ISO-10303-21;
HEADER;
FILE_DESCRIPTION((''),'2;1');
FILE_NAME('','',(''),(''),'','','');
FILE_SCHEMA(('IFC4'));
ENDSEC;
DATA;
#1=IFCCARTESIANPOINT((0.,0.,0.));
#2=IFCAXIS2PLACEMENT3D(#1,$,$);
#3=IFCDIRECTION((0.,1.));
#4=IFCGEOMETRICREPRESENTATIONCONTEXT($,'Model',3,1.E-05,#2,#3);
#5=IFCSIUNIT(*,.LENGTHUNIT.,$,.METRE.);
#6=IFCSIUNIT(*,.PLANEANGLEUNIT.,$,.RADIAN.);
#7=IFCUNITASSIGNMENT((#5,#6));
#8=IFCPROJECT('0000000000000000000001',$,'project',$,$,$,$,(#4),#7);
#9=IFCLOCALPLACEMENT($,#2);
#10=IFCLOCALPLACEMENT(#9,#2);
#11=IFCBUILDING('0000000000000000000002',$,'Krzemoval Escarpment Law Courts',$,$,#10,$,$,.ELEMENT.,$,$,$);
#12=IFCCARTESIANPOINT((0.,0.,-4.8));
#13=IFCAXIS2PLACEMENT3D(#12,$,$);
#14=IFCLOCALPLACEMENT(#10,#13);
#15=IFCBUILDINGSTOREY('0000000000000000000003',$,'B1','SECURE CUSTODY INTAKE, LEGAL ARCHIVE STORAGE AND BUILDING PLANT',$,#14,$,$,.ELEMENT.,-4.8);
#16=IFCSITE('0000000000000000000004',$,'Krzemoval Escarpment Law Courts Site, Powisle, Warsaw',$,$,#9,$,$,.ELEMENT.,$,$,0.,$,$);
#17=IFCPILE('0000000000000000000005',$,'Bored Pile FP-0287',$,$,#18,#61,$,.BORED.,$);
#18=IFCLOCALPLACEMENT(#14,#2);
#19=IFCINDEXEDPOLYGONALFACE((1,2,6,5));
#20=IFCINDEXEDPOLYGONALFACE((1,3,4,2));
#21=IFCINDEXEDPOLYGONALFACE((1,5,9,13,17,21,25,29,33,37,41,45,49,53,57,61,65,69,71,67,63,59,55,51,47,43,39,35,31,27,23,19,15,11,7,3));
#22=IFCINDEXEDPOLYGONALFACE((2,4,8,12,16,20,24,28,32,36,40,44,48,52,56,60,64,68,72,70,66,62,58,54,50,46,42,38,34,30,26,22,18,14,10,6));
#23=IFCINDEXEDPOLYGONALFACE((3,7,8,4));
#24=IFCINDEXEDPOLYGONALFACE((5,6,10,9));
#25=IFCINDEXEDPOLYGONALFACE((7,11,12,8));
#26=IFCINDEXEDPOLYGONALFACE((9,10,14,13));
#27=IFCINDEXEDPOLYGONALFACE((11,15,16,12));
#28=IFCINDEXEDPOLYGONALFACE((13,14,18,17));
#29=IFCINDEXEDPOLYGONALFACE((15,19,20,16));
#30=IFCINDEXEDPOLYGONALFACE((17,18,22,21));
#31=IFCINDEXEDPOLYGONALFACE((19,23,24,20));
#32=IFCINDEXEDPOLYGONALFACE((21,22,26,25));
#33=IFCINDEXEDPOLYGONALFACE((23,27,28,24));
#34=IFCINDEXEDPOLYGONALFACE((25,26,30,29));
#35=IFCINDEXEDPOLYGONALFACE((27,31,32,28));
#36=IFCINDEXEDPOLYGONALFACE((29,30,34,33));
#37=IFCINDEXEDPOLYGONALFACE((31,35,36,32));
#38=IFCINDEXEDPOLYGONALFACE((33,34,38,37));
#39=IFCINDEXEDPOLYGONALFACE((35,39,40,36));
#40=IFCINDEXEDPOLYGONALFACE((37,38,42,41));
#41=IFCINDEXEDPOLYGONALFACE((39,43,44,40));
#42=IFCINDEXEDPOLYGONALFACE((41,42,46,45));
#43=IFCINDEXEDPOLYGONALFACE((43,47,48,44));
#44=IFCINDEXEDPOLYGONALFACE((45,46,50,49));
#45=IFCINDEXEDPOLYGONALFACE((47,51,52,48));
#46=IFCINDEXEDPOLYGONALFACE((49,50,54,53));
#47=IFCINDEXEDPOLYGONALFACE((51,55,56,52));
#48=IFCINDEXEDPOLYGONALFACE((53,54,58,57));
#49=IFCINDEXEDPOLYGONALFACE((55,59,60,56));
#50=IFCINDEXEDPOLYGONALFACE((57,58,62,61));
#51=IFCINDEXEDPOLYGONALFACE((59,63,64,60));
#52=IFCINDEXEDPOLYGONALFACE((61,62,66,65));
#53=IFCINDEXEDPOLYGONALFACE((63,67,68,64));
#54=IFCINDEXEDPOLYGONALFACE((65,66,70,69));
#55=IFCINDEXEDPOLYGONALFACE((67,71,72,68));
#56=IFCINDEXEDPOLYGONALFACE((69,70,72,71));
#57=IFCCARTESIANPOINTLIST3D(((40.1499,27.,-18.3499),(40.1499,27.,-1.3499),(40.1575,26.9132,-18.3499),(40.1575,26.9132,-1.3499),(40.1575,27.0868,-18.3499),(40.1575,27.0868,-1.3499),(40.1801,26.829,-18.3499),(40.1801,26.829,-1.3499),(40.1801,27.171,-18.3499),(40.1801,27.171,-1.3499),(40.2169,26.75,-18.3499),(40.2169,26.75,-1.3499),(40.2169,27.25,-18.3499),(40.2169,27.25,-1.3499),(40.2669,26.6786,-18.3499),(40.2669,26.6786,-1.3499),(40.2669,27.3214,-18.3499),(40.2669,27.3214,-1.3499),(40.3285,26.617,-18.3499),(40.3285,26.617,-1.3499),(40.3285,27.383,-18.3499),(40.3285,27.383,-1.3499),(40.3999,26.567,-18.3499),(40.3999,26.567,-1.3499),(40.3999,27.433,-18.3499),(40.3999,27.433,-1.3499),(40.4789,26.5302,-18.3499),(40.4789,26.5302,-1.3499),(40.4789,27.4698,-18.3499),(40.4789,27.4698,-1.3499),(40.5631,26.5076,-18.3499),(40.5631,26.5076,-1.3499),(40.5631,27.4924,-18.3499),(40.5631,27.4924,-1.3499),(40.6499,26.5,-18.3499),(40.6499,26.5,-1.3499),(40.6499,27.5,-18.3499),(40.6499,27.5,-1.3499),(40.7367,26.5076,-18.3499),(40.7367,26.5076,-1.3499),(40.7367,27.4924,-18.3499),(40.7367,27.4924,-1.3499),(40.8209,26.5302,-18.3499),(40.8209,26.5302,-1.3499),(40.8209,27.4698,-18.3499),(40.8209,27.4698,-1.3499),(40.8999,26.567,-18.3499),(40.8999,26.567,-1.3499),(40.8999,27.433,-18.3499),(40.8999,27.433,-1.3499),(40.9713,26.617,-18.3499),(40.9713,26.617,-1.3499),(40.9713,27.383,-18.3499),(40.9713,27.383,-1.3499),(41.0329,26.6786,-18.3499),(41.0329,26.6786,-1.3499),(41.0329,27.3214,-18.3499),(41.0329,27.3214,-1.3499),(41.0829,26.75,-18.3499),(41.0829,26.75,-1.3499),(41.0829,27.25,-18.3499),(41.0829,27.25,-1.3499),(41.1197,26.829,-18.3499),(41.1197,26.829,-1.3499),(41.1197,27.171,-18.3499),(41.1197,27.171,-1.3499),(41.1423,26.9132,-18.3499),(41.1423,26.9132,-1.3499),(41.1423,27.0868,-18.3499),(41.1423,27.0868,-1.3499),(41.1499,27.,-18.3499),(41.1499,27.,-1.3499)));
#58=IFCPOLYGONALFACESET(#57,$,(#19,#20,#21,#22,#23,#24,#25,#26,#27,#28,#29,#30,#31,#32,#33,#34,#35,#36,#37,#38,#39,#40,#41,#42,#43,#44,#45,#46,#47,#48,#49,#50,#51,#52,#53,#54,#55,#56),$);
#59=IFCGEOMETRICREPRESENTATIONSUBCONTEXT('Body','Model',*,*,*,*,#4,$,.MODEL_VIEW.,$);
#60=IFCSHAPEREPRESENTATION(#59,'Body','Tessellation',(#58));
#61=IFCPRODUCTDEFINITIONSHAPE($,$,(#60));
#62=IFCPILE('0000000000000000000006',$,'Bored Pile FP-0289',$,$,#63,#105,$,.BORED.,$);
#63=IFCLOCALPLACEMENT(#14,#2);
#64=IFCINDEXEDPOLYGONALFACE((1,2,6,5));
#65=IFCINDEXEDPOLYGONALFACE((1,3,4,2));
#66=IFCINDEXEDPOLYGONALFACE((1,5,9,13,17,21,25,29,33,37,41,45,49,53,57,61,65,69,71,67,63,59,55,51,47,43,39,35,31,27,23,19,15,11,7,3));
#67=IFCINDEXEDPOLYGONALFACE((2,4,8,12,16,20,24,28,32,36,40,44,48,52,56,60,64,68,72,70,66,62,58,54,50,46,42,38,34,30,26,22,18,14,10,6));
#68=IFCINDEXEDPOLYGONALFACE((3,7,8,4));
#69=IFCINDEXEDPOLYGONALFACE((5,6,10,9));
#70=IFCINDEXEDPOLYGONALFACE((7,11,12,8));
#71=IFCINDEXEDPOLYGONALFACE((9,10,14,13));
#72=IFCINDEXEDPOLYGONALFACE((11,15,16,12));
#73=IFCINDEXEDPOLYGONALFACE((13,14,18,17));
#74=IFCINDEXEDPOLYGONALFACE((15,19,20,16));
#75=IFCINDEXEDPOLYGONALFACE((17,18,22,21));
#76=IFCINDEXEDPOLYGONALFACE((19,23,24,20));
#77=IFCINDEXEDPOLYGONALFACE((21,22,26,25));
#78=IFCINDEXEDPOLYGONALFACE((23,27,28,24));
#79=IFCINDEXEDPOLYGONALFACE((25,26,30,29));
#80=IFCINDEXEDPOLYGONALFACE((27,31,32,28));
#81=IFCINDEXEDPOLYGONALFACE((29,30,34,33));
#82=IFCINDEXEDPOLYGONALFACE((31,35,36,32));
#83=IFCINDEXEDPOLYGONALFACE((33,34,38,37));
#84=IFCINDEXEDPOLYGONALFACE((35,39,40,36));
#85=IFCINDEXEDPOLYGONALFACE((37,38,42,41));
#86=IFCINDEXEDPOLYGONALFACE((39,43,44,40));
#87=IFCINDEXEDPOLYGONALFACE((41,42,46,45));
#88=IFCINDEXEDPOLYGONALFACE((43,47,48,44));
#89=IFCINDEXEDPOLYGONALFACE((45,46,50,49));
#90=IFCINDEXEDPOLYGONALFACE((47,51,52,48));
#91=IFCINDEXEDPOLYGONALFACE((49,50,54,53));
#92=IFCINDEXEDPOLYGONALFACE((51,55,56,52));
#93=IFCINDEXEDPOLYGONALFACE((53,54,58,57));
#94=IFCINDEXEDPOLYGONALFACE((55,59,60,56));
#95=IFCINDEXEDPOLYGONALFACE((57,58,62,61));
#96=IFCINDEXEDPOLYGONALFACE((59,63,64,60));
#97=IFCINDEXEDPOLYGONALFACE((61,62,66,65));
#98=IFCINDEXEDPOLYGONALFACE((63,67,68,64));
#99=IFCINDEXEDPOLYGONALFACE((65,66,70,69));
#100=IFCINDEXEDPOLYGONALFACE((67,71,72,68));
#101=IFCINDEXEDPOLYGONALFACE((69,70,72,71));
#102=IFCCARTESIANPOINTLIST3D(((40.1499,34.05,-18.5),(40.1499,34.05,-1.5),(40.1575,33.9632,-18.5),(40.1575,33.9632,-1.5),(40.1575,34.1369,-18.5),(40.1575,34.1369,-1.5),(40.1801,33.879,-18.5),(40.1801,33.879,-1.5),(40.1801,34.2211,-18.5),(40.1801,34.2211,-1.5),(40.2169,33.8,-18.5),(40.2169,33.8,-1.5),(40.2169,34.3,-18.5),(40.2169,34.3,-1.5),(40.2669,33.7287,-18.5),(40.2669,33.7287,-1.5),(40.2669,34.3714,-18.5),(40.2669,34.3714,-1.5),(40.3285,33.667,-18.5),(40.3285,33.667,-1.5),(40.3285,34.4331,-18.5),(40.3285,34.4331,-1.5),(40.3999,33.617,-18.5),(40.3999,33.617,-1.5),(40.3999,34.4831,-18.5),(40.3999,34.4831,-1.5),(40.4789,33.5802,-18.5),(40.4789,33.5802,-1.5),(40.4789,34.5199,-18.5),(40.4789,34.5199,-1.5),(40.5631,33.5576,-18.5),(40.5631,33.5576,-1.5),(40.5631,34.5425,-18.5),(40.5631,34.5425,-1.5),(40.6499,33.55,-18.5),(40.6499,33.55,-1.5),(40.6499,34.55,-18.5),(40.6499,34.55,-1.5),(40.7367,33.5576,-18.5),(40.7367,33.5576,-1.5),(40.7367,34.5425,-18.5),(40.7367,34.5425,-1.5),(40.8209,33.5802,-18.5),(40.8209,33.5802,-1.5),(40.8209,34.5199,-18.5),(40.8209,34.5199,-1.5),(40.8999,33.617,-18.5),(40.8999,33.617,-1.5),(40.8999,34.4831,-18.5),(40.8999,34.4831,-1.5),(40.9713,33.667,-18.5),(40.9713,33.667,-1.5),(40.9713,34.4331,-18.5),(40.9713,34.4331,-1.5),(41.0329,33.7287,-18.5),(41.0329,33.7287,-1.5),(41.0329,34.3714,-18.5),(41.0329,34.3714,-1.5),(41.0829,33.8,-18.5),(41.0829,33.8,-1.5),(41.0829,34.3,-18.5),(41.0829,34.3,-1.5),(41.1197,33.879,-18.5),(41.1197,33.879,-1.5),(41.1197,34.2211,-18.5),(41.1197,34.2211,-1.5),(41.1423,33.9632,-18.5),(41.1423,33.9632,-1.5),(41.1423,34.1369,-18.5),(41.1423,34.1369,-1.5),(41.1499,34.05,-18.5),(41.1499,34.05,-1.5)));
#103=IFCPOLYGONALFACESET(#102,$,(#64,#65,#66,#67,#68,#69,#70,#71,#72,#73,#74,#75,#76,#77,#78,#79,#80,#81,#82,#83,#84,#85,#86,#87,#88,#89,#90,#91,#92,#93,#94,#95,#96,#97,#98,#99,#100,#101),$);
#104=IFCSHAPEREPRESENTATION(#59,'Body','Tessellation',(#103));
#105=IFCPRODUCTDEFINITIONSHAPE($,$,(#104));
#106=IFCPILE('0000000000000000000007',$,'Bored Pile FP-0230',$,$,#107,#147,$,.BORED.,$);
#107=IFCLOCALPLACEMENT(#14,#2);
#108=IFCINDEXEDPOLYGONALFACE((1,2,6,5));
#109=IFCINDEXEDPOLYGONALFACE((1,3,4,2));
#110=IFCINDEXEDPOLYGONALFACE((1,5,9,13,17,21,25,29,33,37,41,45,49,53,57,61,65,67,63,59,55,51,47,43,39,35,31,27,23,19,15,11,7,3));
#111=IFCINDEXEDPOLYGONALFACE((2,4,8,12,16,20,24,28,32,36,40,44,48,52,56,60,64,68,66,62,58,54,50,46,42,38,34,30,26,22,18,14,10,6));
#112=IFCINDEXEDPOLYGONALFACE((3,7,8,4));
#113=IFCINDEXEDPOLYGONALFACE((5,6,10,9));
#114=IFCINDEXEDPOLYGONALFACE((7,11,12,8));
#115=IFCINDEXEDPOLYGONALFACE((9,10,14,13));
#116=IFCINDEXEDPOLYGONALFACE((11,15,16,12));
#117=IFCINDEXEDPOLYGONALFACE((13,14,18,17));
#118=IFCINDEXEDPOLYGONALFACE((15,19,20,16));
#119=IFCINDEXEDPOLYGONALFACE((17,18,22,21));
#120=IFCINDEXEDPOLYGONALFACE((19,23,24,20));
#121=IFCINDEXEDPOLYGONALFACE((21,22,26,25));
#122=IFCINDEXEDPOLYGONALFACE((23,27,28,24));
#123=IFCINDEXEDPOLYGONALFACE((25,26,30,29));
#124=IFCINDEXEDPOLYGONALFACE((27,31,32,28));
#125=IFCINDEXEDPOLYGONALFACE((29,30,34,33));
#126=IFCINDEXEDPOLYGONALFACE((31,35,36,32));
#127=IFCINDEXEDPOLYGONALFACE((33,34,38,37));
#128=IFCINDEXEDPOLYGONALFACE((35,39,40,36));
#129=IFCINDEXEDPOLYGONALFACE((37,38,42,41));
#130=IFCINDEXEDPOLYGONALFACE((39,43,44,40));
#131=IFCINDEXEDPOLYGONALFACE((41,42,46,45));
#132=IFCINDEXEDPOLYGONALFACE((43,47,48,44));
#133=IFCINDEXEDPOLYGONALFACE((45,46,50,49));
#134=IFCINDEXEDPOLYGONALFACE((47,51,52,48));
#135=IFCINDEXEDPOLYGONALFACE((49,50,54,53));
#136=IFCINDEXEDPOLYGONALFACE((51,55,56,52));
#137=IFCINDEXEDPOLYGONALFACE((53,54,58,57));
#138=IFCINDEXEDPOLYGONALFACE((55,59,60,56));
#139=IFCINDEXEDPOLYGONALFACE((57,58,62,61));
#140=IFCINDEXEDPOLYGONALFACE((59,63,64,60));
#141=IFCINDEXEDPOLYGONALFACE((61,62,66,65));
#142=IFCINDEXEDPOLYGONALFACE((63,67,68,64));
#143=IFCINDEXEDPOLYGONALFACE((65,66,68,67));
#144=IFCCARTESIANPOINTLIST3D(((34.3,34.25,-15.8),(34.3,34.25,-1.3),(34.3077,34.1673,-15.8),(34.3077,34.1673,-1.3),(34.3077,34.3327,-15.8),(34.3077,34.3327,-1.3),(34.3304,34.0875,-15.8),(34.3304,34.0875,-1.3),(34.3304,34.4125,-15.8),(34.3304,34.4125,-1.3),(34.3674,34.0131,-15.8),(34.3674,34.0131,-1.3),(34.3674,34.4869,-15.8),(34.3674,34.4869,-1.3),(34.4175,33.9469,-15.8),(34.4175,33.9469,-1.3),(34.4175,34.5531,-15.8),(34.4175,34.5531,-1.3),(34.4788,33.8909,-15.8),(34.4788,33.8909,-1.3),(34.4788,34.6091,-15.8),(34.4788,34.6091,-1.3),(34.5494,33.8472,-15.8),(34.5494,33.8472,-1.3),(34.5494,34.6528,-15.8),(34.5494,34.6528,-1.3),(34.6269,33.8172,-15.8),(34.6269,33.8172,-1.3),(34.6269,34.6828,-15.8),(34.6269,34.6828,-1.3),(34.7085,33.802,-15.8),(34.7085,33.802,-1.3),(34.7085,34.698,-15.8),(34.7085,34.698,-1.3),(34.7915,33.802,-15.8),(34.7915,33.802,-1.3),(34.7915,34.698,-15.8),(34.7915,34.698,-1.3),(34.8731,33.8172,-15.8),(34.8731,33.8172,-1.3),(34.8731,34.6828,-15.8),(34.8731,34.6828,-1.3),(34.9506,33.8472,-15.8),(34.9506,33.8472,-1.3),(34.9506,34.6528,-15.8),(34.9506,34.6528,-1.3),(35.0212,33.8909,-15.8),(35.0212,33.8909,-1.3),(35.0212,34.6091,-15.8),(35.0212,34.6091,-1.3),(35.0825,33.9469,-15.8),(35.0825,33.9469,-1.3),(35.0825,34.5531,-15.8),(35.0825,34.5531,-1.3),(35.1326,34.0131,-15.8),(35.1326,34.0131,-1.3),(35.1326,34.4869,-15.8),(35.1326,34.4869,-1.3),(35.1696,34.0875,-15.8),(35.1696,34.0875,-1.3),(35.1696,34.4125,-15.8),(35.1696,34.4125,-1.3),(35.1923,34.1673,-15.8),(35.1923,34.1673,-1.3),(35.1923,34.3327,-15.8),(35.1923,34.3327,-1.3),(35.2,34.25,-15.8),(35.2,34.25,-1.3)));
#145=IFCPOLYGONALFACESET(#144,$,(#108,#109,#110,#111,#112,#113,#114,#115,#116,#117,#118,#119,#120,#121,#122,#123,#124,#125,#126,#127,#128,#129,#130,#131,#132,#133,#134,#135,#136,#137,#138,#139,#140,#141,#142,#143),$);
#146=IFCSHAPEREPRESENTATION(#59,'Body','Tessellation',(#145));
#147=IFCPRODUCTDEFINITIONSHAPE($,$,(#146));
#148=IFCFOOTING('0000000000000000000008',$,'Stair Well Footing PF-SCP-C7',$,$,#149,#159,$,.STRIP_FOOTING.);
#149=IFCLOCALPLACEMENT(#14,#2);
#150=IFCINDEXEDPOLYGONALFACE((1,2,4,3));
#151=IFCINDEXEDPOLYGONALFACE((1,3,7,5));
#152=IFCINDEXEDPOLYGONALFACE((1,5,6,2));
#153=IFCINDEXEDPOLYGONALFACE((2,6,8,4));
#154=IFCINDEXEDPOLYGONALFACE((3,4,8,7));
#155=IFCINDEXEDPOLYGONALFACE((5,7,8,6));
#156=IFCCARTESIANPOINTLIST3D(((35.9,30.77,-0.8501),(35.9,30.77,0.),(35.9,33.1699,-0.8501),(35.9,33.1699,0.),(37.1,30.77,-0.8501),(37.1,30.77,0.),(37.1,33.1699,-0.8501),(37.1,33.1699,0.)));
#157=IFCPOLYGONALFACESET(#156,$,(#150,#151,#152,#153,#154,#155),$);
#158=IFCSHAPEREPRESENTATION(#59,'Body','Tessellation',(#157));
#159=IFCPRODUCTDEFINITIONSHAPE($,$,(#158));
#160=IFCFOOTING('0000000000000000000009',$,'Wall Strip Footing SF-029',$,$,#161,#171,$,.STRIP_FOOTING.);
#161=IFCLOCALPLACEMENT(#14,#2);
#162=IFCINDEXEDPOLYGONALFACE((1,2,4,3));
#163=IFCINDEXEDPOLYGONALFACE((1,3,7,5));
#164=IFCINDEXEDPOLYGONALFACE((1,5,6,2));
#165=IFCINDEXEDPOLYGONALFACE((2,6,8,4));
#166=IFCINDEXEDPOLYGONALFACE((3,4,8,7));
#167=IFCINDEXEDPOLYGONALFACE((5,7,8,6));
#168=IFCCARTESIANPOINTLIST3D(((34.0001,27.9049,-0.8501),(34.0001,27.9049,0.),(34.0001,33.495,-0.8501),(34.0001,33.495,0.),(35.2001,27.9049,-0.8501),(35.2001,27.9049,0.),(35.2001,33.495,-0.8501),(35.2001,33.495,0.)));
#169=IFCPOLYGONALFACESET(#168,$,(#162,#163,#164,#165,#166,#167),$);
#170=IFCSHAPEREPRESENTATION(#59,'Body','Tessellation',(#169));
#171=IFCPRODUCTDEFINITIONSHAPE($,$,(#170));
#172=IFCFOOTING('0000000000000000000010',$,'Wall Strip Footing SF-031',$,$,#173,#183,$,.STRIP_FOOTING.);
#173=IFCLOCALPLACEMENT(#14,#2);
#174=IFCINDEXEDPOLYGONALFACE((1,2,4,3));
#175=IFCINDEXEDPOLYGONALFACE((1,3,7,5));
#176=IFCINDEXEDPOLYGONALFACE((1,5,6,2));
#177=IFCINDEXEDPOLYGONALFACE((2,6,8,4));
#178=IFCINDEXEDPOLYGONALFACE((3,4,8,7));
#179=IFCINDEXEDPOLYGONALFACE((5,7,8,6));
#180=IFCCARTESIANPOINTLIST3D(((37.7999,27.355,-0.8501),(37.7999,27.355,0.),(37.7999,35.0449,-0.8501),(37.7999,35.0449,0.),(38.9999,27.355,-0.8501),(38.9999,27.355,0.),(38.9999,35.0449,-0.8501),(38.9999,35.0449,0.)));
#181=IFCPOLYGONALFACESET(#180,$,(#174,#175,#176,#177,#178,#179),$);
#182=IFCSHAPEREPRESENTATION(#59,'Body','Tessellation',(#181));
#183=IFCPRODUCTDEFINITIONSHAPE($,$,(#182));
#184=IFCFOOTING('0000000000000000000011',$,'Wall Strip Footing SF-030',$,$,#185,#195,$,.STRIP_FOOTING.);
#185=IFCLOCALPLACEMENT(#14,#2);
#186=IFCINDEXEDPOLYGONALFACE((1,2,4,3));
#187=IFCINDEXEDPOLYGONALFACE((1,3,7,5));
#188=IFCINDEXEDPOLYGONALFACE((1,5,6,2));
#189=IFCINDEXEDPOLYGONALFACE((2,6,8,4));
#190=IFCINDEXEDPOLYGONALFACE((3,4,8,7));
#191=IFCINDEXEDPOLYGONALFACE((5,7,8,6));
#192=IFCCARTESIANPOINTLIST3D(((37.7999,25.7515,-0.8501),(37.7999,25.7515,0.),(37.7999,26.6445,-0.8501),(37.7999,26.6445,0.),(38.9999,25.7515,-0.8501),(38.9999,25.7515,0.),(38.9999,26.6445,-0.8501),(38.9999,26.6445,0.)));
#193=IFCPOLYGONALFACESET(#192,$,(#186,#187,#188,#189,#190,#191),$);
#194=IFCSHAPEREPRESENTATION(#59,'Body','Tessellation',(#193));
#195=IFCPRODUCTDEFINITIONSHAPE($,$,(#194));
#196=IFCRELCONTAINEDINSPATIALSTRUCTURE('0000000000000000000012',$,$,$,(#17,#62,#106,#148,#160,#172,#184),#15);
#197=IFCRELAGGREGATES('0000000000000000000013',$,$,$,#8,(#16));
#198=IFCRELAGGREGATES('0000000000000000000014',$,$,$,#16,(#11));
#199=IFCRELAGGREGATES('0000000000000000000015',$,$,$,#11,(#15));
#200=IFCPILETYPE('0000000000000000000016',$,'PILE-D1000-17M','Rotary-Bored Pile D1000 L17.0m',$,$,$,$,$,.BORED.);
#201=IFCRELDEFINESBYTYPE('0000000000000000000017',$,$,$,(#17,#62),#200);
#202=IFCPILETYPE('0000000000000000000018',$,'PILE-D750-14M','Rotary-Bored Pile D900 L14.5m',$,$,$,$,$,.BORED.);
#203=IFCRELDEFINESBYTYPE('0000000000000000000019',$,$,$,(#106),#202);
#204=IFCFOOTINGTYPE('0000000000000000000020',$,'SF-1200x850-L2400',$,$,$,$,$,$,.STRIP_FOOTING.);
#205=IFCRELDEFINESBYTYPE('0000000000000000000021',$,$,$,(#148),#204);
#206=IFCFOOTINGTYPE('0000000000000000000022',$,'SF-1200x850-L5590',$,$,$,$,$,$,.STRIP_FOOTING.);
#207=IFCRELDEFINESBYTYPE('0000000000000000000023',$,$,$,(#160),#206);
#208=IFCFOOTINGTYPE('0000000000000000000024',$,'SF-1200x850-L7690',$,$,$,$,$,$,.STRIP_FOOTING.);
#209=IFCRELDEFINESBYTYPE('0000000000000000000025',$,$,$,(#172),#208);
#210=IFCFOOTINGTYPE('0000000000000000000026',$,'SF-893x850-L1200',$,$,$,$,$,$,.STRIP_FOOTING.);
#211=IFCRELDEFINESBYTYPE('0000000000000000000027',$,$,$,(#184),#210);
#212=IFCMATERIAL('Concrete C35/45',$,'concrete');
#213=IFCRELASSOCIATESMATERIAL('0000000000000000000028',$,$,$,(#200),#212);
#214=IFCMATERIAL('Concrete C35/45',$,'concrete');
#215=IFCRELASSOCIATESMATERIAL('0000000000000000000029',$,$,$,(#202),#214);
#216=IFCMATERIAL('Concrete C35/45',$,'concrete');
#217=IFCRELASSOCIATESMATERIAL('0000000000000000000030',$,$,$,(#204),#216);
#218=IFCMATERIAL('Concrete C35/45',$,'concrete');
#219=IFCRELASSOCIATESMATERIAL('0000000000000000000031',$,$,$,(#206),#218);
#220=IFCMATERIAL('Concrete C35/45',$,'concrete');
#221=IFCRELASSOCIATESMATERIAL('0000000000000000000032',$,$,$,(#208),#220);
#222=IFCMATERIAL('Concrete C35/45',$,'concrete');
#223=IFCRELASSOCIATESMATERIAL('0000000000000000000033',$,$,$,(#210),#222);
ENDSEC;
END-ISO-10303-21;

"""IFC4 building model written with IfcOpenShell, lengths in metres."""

from ifc_helpers import new_model, si_unit, direction, frame, origin, origin_2d, place, context, subcontext, project, spatial, rectangle, circle, extrude, material, material_profile, profile_set, type_object, element, save


model = new_model("IFC4")

# Units and contexts
model_context = context("Model", 3, precision=1e-05, world=origin(), true_north=direction((0.0, 1.0)))
body_context = subcontext(model_context, "Body", "Model", "MODEL_VIEW")
ifc_project = project(units=[si_unit("LENGTHUNIT", "METRE"), si_unit("PLANEANGLEUNIT", "RADIAN")], contexts=[model_context])

# Site, building, storey
site_placement = place(None, origin())
site = spatial("IfcSite", under=ifc_project, at=site_placement, Name="Krzemoval Escarpment Law Courts Site, Powisle, Warsaw", CompositionType="ELEMENT", RefElevation=0.0)
building_placement = place(site_placement, origin())
building = spatial("IfcBuilding", under=site, at=building_placement, Name="Krzemoval Escarpment Law Courts", CompositionType="ELEMENT")
storey_placement = place(building_placement, frame((0.0, 0.0, -4.8)))
storey = spatial("IfcBuildingStorey", under=building, at=storey_placement, Name="B1", Description="SECURE CUSTODY INTAKE, LEGAL ARCHIVE STORAGE AND BUILDING PLANT", CompositionType="ELEMENT", Elevation=-4.8)

# Piles
ifc_material_1 = material(Name="Concrete C35/45", Category="concrete")
ifc_material_profile_1 = material_profile(ifc_material_1, circle(Radius=0.5, at=origin_2d()), Name="PILE D1000")
ifc_profile_set_1 = profile_set([ifc_material_profile_1], Name="Concrete C35/45")
pile_type_1 = type_object("IfcPileType", Name="PILE-D1000-17M", Description="Rotary-Bored Pile D1000 L17.0m", PredefinedType="BORED", material=ifc_profile_set_1)
for number, where, z_axis, x_axis, name in (
    (1, (40.6499, 27.0, -1.3499), (0.0, 0.0, -1.0), (1.0, 0.0, 0.0), "Bored Pile FP-0287"),
    (2, (40.6499, 34.05, -1.5), (0.0, 0.0, -1.0), (1.0, 0.0, 0.0), "Bored Pile FP-0289"),
):
    element("IfcPile", number, at=place(storey_placement, frame(where, z_axis=z_axis, x_axis=x_axis)), inside=storey, type_object=pile_type_1, Name=name, PredefinedType="BORED", context=body_context, shape_type="SweptSolid", body=[
        extrude(circle(Radius=0.5, at=origin_2d()), origin(), (0.0, 0.0, 1.0), 17.0),
    ])
ifc_material_2 = material(Name="Concrete C35/45", Category="concrete")
ifc_material_profile_2 = material_profile(ifc_material_2, circle(Radius=0.45, at=origin_2d()), Name="PILE D900")
ifc_profile_set_2 = profile_set([ifc_material_profile_2], Name="Concrete C35/45")
pile_type_2 = type_object("IfcPileType", Name="PILE-D750-14M", Description="Rotary-Bored Pile D900 L14.5m", PredefinedType="BORED", material=ifc_profile_set_2)
pile_placement = place(storey_placement, frame((34.75, 34.25, -1.3), z_axis=(0.0, 0.0, -1.0), x_axis=(1.0, 0.0, 0.0)))
element("IfcPile", 3, at=pile_placement, inside=storey, type_object=pile_type_2, Name="Bored Pile FP-0230", PredefinedType="BORED", context=body_context, shape_type="SweptSolid", body=[
    extrude(circle(Radius=0.45, at=origin_2d()), origin(), (0.0, 0.0, 1.0), 14.5),
])

# Footings
ifc_material_3 = material(Name="Concrete C35/45", Category="concrete")
footing_type_1 = type_object("IfcFootingType", Name="SF-1200x850-L2400", PredefinedType="STRIP_FOOTING", material=ifc_material_3)
footing_1_placement = place(storey_placement, frame((36.5, 31.97, -0.8501), z_axis=(0.0, 0.0, 1.0), x_axis=(0.0, 1.0, 0.0)))
element("IfcFooting", 4, at=footing_1_placement, inside=storey, type_object=footing_type_1, Name="Stair Well Footing PF-SCP-C7", PredefinedType="STRIP_FOOTING", context=body_context, shape_type="SweptSolid", body=[
    extrude(rectangle(XDim=2.3999, YDim=1.2, at=origin_2d()), origin(), (0.0, 0.0, 1.0), 0.8501),
])
ifc_material_4 = material(Name="Concrete C35/45", Category="concrete")
footing_type_2 = type_object("IfcFootingType", Name="SF-1200x850-L5590", PredefinedType="STRIP_FOOTING", material=ifc_material_4)
footing_2_placement = place(storey_placement, frame((34.6001, 30.7, -0.8501), z_axis=(0.0, 0.0, 1.0), x_axis=(0.0, 1.0, 0.0)))
element("IfcFooting", 5, at=footing_2_placement, inside=storey, type_object=footing_type_2, Name="Wall Strip Footing SF-029", PredefinedType="STRIP_FOOTING", context=body_context, shape_type="SweptSolid", body=[
    extrude(rectangle(XDim=5.5901, YDim=1.2, at=origin_2d()), origin(), (0.0, 0.0, 1.0), 0.8501),
])
ifc_material_5 = material(Name="Concrete C35/45", Category="concrete")
footing_type_3 = type_object("IfcFootingType", Name="SF-1200x850-L7690", PredefinedType="STRIP_FOOTING", material=ifc_material_5)
footing_3_placement = place(storey_placement, frame((38.3999, 31.2, -0.8501), z_axis=(0.0, 0.0, 1.0), x_axis=(0.0, 1.0, 0.0)))
element("IfcFooting", 6, at=footing_3_placement, inside=storey, type_object=footing_type_3, Name="Wall Strip Footing SF-031", PredefinedType="STRIP_FOOTING", context=body_context, shape_type="SweptSolid", body=[
    extrude(rectangle(XDim=7.6899, YDim=1.2, at=origin_2d()), origin(), (0.0, 0.0, 1.0), 0.8501),
])
ifc_material_6 = material(Name="Concrete C35/45", Category="concrete")
footing_type_4 = type_object("IfcFootingType", Name="SF-893x850-L1200", PredefinedType="STRIP_FOOTING", material=ifc_material_6)
footing_4_placement = place(storey_placement, frame((38.3999, 26.198, -0.8501), z_axis=(0.0, 0.0, 1.0), x_axis=(1.0, 0.0, 0.0)))
element("IfcFooting", 7, at=footing_4_placement, inside=storey, type_object=footing_type_4, Name="Wall Strip Footing SF-030", PredefinedType="STRIP_FOOTING", context=body_context, shape_type="SweptSolid", body=[
    extrude(rectangle(XDim=1.2, YDim=0.8931, at=origin_2d()), origin(), (0.0, 0.0, 1.0), 0.8501),
])

save(model, "model.ifc")
